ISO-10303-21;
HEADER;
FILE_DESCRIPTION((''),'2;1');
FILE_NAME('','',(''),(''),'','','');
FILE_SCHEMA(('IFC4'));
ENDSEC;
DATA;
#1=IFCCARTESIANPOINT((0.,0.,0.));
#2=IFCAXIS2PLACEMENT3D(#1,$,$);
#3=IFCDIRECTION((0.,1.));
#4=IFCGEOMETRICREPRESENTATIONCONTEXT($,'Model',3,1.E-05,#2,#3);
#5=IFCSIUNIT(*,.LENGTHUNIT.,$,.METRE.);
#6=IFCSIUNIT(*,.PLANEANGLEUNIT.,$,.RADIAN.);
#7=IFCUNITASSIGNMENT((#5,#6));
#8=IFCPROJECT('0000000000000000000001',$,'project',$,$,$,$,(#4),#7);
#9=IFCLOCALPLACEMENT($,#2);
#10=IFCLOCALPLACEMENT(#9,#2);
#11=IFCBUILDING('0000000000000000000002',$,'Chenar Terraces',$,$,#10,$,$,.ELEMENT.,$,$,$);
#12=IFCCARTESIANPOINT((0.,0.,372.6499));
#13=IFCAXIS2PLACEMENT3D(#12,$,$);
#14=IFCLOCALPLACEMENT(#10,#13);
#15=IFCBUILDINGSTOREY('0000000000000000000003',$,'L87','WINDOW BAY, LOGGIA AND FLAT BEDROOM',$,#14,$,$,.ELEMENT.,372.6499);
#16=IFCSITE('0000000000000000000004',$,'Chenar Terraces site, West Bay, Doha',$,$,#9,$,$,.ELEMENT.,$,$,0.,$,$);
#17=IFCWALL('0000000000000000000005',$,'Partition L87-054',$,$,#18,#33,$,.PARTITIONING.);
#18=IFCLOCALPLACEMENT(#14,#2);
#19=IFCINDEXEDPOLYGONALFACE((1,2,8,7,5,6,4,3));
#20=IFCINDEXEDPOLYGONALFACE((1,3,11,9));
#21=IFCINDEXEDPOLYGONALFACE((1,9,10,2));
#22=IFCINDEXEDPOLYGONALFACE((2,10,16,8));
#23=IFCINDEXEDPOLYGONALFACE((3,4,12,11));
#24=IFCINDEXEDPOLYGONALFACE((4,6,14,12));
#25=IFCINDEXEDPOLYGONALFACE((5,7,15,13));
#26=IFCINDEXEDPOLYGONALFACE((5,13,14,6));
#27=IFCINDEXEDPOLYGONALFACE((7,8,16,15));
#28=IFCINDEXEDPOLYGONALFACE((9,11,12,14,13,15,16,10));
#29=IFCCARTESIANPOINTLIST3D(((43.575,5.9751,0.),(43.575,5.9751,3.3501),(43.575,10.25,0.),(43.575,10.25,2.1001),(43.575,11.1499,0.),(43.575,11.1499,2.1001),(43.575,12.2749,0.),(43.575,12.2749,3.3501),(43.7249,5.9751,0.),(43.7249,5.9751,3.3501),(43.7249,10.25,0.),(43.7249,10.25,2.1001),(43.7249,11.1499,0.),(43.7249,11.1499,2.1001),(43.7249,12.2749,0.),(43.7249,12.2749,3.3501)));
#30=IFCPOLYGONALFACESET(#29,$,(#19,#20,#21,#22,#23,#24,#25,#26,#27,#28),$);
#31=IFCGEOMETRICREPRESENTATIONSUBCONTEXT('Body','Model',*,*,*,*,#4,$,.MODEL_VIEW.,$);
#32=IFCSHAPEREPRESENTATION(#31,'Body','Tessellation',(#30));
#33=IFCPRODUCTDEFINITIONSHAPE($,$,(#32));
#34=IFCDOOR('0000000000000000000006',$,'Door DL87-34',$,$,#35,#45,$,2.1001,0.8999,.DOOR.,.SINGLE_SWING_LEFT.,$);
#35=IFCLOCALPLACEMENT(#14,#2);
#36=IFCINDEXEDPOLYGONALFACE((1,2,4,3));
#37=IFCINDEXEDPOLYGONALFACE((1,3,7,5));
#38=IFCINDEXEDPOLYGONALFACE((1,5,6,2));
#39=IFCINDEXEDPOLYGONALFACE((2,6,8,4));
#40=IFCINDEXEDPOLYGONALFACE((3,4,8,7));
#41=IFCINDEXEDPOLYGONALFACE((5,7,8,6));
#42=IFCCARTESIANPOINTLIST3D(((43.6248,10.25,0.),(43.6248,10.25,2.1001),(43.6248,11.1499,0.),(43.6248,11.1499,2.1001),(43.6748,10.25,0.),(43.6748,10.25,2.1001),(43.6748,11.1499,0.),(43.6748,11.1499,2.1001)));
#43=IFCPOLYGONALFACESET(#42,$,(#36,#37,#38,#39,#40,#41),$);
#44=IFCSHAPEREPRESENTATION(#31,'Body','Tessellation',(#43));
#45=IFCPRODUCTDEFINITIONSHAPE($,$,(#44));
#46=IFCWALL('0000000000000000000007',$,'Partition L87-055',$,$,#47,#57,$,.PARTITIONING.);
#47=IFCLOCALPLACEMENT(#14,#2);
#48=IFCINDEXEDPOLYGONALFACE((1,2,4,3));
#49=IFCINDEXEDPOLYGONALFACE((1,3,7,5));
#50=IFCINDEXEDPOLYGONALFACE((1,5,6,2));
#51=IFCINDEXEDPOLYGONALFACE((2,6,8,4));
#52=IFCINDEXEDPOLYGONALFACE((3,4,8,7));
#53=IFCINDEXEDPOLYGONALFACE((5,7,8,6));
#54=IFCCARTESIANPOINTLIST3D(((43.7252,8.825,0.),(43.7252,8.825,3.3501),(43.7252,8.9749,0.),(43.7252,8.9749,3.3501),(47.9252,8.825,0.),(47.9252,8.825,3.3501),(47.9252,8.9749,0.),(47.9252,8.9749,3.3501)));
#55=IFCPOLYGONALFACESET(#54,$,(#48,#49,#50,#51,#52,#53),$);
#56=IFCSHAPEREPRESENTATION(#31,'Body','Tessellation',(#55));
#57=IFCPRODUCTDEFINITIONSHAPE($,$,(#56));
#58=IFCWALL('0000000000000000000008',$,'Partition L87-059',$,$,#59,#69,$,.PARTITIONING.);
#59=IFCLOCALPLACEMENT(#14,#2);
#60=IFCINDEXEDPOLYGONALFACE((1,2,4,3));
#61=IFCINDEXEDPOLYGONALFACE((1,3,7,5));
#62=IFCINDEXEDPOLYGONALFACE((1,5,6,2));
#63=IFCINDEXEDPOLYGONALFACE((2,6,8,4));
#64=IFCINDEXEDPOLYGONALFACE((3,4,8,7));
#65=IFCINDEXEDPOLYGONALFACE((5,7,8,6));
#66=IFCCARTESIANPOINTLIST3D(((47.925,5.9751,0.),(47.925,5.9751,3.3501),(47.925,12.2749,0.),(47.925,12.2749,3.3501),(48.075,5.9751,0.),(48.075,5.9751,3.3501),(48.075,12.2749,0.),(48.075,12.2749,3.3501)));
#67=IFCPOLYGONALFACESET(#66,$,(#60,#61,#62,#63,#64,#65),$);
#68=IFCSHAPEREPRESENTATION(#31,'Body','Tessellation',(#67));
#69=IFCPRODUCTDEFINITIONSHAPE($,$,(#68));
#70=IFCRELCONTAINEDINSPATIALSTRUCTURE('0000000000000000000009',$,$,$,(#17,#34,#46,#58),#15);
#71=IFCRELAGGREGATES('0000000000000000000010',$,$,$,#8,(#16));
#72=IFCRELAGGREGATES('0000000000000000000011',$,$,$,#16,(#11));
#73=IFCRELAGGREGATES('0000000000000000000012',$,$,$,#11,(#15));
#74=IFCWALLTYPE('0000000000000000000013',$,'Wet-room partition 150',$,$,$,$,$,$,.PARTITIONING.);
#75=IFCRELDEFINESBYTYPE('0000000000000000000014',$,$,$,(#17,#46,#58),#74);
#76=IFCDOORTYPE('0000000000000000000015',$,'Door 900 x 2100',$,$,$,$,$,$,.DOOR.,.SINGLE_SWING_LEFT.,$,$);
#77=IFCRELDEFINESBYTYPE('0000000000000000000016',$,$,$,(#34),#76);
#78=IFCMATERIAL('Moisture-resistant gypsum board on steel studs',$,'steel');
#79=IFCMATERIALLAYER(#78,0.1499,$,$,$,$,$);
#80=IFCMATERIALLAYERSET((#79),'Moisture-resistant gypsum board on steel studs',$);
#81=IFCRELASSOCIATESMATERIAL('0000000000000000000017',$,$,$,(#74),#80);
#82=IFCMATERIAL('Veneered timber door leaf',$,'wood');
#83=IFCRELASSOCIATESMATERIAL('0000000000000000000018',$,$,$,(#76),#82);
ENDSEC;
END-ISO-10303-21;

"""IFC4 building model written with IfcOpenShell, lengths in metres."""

from ifc_helpers import new_model, si_unit, direction, frame, frame_2d, origin, place, context, subcontext, project, spatial, rectangle, extrude, material, layer, layer_set, type_object, element, fill, save


model = new_model("IFC4")

# Units and contexts
model_context = context("Model", 3, precision=1e-05, world=origin(), true_north=direction((0.0, 1.0)))
body_context = subcontext(model_context, "Body", "Model", "MODEL_VIEW")
ifc_project = project(units=[si_unit("LENGTHUNIT", "METRE"), si_unit("PLANEANGLEUNIT", "RADIAN")], contexts=[model_context])

# Site, building, storey
site_placement = place(None, origin())
site = spatial("IfcSite", under=ifc_project, at=site_placement, Name="Chenar Terraces site, West Bay, Doha", CompositionType="ELEMENT", RefElevation=0.0)
building_placement = place(site_placement, origin())
building = spatial("IfcBuilding", under=site, at=building_placement, Name="Chenar Terraces", CompositionType="ELEMENT")
storey_placement = place(building_placement, frame((0.0, 0.0, 372.6499)))
storey = spatial("IfcBuildingStorey", under=building, at=storey_placement, Name="L87", Description="WINDOW BAY, LOGGIA AND FLAT BEDROOM", CompositionType="ELEMENT", Elevation=372.6499)

# Wall, opening, door
ifc_material_1 = material(Name="Moisture-resistant gypsum board on steel studs", Category="steel")
ifc_layer_1 = layer(ifc_material_1, 0.1499)
ifc_layer_set_1 = layer_set([ifc_layer_1], Name="Moisture-resistant gypsum board on steel studs")
wall_type_1 = type_object("IfcWallType", Name="Wet-room partition 150", PredefinedType="PARTITIONING", material=ifc_layer_set_1)
wall_1_placement = place(storey_placement, frame((43.6499, 5.9751, 0.0), z_axis=(0.0, 0.0, 1.0), x_axis=(0.0, 1.0, 0.0)))
wall_1 = element("IfcWall", 1, at=wall_1_placement, inside=storey, type_object=wall_type_1, Name="Partition L87-054", PredefinedType="PARTITIONING", context=body_context, shape_type="SweptSolid", body=[
    extrude(rectangle(XDim=6.2998, YDim=0.1499, at=frame_2d((3.1499, 0.0))), origin(), (0.0, 0.0, 1.0), 3.3501),
])
opening_1_placement = place(wall_1_placement, frame((4.2749, 0.0, 0.0)))
opening_1 = element("IfcOpeningElement", 2, at=opening_1_placement, cuts=wall_1, PredefinedType="OPENING", context=body_context, shape_type="SweptSolid", body=[
    extrude(rectangle(XDim=0.8999, YDim=2.1001, at=frame_2d((0.45, 1.05))), frame((0.0, 0.085, 0.0), z_axis=(0.0, -1.0, 0.0), x_axis=(1.0, 0.0, 0.0)), (0.0, 0.0, 1.0), 0.1699),
])
ifc_material_2 = material(Name="Veneered timber door leaf", Category="wood")
door_type_1 = type_object("IfcDoorType", Name="Door 900 x 2100", OperationType="SINGLE_SWING_LEFT", PredefinedType="DOOR", material=ifc_material_2)
door_1_placement = place(opening_1_placement, frame((0.8999, 0.0, 0.0), z_axis=(0.0, 0.0, 1.0), x_axis=(-1.0, 0.0, 0.0)))
door_1 = element("IfcDoor", 3, at=door_1_placement, inside=storey, type_object=door_type_1, Name="Door DL87-34", OperationType="SINGLE_SWING_LEFT", OverallHeight=2.1001, OverallWidth=0.8999, PredefinedType="DOOR", context=body_context, shape_type="SweptSolid", body=[
    extrude(rectangle(XDim=0.8999, YDim=2.1001, at=frame_2d((0.45, 1.05))), frame((0.0, 0.0249, 0.0), z_axis=(0.0, -1.0, 0.0), x_axis=(1.0, 0.0, 0.0)), (0.0, 0.0, 1.0), 0.05),
])
fill(opening_1, door_1)

# Walls
wall_2_placement = place(storey_placement, frame((43.7251, 8.8999, 0.0), z_axis=(0.0, 0.0, 1.0), x_axis=(1.0, 0.0, 0.0)))
element("IfcWall", 4, at=wall_2_placement, inside=storey, type_object=wall_type_1, Name="Partition L87-055", PredefinedType="PARTITIONING", context=body_context, shape_type="SweptSolid", body=[
    extrude(rectangle(XDim=4.2, YDim=0.1499, at=frame_2d((2.1001, 0.0))), origin(), (0.0, 0.0, 1.0), 3.3501),
])
wall_3_placement = place(storey_placement, frame((48.0, 5.9751, 0.0), z_axis=(0.0, 0.0, 1.0), x_axis=(0.0, 1.0, 0.0)))
element("IfcWall", 5, at=wall_3_placement, inside=storey, type_object=wall_type_1, Name="Partition L87-059", PredefinedType="PARTITIONING", context=body_context, shape_type="SweptSolid", body=[
    extrude(rectangle(XDim=6.2998, YDim=0.1499, at=frame_2d((3.1499, 0.0))), origin(), (0.0, 0.0, 1.0), 3.3501),
])

save(model, "model.ifc")
